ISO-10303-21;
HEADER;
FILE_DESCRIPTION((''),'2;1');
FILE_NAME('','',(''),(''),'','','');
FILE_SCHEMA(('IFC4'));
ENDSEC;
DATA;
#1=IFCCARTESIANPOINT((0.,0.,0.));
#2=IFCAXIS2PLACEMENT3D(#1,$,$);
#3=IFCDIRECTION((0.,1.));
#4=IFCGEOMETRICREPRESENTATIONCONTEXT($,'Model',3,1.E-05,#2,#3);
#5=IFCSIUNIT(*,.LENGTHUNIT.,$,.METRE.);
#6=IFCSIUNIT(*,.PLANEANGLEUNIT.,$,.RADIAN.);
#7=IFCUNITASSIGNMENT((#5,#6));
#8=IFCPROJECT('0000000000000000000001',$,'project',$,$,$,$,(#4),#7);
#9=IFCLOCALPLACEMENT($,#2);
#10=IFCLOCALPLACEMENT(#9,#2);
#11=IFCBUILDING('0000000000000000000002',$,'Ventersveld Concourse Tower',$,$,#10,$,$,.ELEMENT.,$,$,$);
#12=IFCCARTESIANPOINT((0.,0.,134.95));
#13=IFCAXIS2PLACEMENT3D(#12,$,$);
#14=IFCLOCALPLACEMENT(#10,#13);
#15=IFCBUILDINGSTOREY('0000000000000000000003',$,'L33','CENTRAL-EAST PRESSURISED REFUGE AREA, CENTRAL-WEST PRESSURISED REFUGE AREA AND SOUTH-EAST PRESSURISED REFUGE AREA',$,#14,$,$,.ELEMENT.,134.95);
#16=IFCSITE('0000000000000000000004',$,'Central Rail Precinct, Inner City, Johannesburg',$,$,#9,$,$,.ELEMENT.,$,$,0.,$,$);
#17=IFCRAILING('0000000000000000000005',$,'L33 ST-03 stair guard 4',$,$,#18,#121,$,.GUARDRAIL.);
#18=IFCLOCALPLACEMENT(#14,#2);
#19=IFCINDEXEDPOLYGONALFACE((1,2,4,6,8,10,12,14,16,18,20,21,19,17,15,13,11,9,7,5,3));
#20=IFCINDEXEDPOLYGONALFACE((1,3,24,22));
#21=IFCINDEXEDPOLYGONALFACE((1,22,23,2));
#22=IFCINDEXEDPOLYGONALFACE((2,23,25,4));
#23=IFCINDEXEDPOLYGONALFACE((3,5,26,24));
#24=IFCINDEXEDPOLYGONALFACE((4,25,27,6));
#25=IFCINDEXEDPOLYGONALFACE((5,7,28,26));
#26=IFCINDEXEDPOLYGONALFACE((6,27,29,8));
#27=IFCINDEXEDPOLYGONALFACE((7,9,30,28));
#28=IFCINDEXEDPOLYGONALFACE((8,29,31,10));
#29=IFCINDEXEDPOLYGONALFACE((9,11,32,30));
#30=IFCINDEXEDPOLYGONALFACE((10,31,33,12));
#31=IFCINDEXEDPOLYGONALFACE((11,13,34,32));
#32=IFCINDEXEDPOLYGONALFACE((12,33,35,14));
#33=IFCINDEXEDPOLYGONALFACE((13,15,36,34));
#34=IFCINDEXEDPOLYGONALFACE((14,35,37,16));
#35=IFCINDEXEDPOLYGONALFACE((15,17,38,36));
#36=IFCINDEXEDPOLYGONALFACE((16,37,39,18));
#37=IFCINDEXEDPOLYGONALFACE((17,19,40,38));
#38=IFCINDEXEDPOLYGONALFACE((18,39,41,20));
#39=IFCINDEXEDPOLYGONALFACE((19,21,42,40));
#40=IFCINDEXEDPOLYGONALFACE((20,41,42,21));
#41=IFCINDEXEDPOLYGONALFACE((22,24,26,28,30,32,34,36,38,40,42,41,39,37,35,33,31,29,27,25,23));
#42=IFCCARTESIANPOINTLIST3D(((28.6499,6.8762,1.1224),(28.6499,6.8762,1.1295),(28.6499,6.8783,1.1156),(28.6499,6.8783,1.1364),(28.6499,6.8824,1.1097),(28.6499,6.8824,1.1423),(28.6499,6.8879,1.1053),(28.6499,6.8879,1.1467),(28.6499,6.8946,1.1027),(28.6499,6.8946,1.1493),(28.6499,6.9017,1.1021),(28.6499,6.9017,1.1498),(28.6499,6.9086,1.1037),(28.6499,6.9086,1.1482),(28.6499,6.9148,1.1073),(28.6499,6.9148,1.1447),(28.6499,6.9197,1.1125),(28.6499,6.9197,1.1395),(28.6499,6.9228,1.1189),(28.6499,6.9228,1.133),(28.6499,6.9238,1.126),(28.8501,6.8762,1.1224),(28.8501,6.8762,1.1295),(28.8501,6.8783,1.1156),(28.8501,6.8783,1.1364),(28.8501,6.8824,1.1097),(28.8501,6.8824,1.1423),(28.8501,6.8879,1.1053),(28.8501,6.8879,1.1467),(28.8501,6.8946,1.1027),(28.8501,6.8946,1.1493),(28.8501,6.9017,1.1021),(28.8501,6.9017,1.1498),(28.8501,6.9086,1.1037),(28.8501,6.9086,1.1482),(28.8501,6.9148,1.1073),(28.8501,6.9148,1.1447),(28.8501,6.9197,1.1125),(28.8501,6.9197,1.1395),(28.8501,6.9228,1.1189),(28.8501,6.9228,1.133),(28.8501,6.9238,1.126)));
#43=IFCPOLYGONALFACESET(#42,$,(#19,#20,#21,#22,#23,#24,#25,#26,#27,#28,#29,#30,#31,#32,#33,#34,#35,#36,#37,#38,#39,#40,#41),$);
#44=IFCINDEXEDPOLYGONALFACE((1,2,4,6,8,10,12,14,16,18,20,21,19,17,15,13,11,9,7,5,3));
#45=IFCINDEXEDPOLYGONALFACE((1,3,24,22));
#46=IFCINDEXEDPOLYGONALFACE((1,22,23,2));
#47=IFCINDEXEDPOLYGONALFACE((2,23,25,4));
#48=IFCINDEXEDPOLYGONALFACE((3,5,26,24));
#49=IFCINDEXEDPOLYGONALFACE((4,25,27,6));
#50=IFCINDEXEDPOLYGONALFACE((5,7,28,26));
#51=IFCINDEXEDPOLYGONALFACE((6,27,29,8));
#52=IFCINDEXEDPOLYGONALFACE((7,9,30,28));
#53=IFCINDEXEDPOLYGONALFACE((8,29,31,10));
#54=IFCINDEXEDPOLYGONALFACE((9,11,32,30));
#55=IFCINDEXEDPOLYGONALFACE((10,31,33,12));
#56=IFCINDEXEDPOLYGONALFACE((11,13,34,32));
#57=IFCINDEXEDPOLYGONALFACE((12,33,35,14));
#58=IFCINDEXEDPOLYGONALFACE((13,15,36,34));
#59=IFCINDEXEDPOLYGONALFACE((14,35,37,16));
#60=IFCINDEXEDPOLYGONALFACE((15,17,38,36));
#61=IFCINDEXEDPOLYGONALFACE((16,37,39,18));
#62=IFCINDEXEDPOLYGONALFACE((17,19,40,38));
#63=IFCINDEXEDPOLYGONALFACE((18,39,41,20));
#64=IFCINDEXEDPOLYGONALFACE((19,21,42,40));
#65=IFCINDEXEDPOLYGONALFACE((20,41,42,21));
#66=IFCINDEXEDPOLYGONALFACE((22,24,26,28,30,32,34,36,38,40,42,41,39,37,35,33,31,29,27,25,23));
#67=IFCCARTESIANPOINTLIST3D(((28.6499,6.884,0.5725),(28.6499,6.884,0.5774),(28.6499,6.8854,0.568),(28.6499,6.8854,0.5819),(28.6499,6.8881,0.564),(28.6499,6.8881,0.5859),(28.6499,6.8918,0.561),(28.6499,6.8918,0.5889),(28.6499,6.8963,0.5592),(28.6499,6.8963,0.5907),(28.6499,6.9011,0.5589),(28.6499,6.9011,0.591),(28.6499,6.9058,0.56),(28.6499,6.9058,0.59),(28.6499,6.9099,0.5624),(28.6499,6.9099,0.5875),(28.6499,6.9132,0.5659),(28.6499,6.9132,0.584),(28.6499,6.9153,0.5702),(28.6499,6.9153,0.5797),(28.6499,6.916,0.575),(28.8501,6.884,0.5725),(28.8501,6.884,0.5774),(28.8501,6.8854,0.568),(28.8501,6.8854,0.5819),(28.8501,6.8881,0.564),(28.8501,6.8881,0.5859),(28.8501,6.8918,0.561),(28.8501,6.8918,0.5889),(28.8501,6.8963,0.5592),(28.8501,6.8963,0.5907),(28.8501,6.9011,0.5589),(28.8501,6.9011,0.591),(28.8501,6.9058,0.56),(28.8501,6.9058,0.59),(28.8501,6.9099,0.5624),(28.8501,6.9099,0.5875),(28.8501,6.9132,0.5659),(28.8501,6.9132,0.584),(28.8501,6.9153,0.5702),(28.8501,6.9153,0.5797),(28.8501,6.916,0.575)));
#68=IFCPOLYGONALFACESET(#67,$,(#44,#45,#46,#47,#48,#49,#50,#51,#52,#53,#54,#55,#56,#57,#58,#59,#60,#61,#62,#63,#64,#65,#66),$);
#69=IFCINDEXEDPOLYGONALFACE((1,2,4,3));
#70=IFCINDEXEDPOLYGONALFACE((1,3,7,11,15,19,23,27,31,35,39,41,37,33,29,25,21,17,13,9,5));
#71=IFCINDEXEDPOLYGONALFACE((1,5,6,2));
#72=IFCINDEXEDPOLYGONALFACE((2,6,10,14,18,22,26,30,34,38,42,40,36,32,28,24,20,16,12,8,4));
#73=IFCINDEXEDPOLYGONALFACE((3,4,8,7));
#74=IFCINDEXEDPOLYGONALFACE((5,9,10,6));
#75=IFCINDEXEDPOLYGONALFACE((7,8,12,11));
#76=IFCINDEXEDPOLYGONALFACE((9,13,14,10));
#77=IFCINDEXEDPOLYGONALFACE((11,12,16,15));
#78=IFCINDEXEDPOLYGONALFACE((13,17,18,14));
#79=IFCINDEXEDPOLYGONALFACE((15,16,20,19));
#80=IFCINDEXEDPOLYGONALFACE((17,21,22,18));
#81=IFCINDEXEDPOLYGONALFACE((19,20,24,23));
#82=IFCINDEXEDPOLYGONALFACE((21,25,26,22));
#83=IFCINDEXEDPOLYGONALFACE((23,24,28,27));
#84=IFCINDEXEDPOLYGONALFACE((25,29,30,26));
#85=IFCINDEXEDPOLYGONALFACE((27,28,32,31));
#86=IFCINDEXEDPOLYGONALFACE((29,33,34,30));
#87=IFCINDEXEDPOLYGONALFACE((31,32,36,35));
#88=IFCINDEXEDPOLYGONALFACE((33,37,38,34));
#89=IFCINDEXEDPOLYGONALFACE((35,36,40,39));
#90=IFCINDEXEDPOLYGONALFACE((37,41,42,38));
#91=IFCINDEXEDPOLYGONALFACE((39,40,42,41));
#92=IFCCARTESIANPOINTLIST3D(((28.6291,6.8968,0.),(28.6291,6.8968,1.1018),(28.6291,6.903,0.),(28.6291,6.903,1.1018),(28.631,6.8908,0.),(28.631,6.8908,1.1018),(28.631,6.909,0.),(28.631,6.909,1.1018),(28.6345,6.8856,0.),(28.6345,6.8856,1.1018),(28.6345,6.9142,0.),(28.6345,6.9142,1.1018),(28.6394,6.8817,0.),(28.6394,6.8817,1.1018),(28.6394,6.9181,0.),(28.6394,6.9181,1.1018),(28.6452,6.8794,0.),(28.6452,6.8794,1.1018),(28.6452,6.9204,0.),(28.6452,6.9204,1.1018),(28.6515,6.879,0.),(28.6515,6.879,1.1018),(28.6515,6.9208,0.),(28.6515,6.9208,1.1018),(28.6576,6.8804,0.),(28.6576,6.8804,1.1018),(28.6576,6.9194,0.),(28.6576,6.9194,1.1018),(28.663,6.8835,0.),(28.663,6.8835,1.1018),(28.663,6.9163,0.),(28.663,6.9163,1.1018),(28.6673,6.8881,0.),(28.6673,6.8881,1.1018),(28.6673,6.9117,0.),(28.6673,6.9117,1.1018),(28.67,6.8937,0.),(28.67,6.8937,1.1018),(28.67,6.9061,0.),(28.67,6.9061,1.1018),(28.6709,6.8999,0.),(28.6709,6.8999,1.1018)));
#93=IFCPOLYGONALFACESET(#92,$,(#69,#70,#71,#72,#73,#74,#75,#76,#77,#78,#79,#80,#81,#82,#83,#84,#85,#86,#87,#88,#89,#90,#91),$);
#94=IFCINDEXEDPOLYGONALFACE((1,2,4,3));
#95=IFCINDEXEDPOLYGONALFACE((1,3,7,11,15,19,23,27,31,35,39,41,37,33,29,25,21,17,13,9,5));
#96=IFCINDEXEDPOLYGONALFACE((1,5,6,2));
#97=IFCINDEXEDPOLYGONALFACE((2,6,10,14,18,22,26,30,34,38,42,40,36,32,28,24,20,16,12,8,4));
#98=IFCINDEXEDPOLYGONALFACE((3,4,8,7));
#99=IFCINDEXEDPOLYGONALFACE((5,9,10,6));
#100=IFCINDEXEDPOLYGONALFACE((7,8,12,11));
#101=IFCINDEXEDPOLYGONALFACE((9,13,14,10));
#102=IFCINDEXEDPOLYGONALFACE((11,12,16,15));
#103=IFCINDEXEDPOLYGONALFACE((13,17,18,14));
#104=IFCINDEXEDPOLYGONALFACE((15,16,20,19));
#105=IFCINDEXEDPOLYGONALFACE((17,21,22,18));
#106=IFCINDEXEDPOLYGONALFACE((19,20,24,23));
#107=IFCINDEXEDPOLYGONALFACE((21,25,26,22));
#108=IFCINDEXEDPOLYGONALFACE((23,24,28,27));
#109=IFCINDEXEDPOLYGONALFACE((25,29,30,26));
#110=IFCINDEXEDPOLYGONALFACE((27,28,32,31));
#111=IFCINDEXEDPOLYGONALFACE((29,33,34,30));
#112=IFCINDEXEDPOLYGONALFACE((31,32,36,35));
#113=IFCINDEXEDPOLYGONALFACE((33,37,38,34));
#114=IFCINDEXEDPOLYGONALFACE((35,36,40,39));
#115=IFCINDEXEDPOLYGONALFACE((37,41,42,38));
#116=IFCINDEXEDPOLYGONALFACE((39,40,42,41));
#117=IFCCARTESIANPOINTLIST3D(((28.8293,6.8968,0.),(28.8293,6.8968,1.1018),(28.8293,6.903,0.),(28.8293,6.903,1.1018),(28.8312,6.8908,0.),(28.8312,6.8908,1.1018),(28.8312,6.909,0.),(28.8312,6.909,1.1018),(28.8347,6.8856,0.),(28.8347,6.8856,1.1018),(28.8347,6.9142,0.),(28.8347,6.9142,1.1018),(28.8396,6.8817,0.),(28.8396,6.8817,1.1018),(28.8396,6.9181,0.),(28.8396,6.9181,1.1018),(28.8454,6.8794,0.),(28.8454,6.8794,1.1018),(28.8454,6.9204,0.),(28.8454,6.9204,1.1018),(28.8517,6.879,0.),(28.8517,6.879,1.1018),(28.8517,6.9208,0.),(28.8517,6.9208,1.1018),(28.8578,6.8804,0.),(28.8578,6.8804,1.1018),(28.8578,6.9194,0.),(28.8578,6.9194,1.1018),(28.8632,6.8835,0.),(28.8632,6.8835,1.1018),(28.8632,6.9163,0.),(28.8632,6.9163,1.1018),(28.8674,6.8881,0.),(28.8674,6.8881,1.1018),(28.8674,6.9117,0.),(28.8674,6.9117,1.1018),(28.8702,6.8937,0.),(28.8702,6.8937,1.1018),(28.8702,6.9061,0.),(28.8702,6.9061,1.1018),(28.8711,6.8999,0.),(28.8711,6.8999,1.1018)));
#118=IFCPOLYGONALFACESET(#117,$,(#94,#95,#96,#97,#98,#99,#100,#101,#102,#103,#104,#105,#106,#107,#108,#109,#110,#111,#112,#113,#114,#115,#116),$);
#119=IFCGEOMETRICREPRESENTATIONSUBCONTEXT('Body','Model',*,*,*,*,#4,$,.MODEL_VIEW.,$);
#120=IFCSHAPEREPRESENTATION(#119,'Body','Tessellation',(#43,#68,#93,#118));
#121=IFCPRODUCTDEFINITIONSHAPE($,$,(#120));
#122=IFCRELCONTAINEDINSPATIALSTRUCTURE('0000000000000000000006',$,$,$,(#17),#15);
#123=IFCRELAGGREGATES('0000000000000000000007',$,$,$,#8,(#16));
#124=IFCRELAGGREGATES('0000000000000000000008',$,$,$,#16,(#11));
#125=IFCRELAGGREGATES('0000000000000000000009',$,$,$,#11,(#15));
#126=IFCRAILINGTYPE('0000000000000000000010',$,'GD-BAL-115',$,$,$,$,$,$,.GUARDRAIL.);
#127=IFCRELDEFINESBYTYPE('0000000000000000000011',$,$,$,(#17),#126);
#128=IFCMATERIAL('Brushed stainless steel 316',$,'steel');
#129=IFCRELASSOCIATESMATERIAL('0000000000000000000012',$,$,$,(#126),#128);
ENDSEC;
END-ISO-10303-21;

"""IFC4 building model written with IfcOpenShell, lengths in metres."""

from ifc_helpers import new_model, si_unit, direction, frame, origin, origin_2d, place, context, subcontext, project, spatial, circle, extrude, material, type_object, element, save


model = new_model("IFC4")

# Units and contexts
model_context = context("Model", 3, precision=1e-05, world=origin(), true_north=direction((0.0, 1.0)))
body_context = subcontext(model_context, "Body", "Model", "MODEL_VIEW")
ifc_project = project(units=[si_unit("LENGTHUNIT", "METRE"), si_unit("PLANEANGLEUNIT", "RADIAN")], contexts=[model_context])

# Site, building, storey
site_placement = place(None, origin())
site = spatial("IfcSite", under=ifc_project, at=site_placement, Name="Central Rail Precinct, Inner City, Johannesburg", CompositionType="ELEMENT", RefElevation=0.0)
building_placement = place(site_placement, origin())
building = spatial("IfcBuilding", under=site, at=building_placement, Name="Ventersveld Concourse Tower", CompositionType="ELEMENT")
storey_placement = place(building_placement, frame((0.0, 0.0, 134.95)))
storey = spatial("IfcBuildingStorey", under=building, at=storey_placement, Name="L33", Description="CENTRAL-EAST PRESSURISED REFUGE AREA, CENTRAL-WEST PRESSURISED REFUGE AREA AND SOUTH-EAST PRESSURISED REFUGE AREA", CompositionType="ELEMENT", Elevation=134.95)

# Shared definitions
ifc_material_1 = material(Name="Brushed stainless steel 316", Category="steel")

# Railing
railing_type_1 = type_object("IfcRailingType", Name="GD-BAL-115", PredefinedType="GUARDRAIL", material=ifc_material_1)
railing_1_placement = place(storey_placement, frame((28.6499, 6.8999, 0.0)))
element("IfcRailing", 1, at=railing_1_placement, inside=storey, type_object=railing_type_1, Name="L33 ST-03 stair guard 4", PredefinedType="GUARDRAIL", context=body_context, shape_type="SweptSolid", body=[
    extrude(circle(Radius=0.0239, at=origin_2d()), frame((0.0, 0.0, 1.126), z_axis=(1.0, 0.0, 0.0), x_axis=(0.0, 1.0, 0.0)), (0.0, 0.0, 1.0), 0.2002),
    extrude(circle(Radius=0.0161, at=origin_2d()), frame((0.0, 0.0, 0.575), z_axis=(1.0, 0.0, 0.0), x_axis=(0.0, 1.0, 0.0)), (0.0, 0.0, 1.0), 0.2002),
    extrude(circle(Radius=0.021, at=origin_2d()), origin(), (0.0, 0.0, 1.0), 1.1018),
    extrude(circle(Radius=0.021, at=origin_2d()), frame((0.2002, 0.0, 0.0)), (0.0, 0.0, 1.0), 1.1018),
])

save(model, "model.ifc")
